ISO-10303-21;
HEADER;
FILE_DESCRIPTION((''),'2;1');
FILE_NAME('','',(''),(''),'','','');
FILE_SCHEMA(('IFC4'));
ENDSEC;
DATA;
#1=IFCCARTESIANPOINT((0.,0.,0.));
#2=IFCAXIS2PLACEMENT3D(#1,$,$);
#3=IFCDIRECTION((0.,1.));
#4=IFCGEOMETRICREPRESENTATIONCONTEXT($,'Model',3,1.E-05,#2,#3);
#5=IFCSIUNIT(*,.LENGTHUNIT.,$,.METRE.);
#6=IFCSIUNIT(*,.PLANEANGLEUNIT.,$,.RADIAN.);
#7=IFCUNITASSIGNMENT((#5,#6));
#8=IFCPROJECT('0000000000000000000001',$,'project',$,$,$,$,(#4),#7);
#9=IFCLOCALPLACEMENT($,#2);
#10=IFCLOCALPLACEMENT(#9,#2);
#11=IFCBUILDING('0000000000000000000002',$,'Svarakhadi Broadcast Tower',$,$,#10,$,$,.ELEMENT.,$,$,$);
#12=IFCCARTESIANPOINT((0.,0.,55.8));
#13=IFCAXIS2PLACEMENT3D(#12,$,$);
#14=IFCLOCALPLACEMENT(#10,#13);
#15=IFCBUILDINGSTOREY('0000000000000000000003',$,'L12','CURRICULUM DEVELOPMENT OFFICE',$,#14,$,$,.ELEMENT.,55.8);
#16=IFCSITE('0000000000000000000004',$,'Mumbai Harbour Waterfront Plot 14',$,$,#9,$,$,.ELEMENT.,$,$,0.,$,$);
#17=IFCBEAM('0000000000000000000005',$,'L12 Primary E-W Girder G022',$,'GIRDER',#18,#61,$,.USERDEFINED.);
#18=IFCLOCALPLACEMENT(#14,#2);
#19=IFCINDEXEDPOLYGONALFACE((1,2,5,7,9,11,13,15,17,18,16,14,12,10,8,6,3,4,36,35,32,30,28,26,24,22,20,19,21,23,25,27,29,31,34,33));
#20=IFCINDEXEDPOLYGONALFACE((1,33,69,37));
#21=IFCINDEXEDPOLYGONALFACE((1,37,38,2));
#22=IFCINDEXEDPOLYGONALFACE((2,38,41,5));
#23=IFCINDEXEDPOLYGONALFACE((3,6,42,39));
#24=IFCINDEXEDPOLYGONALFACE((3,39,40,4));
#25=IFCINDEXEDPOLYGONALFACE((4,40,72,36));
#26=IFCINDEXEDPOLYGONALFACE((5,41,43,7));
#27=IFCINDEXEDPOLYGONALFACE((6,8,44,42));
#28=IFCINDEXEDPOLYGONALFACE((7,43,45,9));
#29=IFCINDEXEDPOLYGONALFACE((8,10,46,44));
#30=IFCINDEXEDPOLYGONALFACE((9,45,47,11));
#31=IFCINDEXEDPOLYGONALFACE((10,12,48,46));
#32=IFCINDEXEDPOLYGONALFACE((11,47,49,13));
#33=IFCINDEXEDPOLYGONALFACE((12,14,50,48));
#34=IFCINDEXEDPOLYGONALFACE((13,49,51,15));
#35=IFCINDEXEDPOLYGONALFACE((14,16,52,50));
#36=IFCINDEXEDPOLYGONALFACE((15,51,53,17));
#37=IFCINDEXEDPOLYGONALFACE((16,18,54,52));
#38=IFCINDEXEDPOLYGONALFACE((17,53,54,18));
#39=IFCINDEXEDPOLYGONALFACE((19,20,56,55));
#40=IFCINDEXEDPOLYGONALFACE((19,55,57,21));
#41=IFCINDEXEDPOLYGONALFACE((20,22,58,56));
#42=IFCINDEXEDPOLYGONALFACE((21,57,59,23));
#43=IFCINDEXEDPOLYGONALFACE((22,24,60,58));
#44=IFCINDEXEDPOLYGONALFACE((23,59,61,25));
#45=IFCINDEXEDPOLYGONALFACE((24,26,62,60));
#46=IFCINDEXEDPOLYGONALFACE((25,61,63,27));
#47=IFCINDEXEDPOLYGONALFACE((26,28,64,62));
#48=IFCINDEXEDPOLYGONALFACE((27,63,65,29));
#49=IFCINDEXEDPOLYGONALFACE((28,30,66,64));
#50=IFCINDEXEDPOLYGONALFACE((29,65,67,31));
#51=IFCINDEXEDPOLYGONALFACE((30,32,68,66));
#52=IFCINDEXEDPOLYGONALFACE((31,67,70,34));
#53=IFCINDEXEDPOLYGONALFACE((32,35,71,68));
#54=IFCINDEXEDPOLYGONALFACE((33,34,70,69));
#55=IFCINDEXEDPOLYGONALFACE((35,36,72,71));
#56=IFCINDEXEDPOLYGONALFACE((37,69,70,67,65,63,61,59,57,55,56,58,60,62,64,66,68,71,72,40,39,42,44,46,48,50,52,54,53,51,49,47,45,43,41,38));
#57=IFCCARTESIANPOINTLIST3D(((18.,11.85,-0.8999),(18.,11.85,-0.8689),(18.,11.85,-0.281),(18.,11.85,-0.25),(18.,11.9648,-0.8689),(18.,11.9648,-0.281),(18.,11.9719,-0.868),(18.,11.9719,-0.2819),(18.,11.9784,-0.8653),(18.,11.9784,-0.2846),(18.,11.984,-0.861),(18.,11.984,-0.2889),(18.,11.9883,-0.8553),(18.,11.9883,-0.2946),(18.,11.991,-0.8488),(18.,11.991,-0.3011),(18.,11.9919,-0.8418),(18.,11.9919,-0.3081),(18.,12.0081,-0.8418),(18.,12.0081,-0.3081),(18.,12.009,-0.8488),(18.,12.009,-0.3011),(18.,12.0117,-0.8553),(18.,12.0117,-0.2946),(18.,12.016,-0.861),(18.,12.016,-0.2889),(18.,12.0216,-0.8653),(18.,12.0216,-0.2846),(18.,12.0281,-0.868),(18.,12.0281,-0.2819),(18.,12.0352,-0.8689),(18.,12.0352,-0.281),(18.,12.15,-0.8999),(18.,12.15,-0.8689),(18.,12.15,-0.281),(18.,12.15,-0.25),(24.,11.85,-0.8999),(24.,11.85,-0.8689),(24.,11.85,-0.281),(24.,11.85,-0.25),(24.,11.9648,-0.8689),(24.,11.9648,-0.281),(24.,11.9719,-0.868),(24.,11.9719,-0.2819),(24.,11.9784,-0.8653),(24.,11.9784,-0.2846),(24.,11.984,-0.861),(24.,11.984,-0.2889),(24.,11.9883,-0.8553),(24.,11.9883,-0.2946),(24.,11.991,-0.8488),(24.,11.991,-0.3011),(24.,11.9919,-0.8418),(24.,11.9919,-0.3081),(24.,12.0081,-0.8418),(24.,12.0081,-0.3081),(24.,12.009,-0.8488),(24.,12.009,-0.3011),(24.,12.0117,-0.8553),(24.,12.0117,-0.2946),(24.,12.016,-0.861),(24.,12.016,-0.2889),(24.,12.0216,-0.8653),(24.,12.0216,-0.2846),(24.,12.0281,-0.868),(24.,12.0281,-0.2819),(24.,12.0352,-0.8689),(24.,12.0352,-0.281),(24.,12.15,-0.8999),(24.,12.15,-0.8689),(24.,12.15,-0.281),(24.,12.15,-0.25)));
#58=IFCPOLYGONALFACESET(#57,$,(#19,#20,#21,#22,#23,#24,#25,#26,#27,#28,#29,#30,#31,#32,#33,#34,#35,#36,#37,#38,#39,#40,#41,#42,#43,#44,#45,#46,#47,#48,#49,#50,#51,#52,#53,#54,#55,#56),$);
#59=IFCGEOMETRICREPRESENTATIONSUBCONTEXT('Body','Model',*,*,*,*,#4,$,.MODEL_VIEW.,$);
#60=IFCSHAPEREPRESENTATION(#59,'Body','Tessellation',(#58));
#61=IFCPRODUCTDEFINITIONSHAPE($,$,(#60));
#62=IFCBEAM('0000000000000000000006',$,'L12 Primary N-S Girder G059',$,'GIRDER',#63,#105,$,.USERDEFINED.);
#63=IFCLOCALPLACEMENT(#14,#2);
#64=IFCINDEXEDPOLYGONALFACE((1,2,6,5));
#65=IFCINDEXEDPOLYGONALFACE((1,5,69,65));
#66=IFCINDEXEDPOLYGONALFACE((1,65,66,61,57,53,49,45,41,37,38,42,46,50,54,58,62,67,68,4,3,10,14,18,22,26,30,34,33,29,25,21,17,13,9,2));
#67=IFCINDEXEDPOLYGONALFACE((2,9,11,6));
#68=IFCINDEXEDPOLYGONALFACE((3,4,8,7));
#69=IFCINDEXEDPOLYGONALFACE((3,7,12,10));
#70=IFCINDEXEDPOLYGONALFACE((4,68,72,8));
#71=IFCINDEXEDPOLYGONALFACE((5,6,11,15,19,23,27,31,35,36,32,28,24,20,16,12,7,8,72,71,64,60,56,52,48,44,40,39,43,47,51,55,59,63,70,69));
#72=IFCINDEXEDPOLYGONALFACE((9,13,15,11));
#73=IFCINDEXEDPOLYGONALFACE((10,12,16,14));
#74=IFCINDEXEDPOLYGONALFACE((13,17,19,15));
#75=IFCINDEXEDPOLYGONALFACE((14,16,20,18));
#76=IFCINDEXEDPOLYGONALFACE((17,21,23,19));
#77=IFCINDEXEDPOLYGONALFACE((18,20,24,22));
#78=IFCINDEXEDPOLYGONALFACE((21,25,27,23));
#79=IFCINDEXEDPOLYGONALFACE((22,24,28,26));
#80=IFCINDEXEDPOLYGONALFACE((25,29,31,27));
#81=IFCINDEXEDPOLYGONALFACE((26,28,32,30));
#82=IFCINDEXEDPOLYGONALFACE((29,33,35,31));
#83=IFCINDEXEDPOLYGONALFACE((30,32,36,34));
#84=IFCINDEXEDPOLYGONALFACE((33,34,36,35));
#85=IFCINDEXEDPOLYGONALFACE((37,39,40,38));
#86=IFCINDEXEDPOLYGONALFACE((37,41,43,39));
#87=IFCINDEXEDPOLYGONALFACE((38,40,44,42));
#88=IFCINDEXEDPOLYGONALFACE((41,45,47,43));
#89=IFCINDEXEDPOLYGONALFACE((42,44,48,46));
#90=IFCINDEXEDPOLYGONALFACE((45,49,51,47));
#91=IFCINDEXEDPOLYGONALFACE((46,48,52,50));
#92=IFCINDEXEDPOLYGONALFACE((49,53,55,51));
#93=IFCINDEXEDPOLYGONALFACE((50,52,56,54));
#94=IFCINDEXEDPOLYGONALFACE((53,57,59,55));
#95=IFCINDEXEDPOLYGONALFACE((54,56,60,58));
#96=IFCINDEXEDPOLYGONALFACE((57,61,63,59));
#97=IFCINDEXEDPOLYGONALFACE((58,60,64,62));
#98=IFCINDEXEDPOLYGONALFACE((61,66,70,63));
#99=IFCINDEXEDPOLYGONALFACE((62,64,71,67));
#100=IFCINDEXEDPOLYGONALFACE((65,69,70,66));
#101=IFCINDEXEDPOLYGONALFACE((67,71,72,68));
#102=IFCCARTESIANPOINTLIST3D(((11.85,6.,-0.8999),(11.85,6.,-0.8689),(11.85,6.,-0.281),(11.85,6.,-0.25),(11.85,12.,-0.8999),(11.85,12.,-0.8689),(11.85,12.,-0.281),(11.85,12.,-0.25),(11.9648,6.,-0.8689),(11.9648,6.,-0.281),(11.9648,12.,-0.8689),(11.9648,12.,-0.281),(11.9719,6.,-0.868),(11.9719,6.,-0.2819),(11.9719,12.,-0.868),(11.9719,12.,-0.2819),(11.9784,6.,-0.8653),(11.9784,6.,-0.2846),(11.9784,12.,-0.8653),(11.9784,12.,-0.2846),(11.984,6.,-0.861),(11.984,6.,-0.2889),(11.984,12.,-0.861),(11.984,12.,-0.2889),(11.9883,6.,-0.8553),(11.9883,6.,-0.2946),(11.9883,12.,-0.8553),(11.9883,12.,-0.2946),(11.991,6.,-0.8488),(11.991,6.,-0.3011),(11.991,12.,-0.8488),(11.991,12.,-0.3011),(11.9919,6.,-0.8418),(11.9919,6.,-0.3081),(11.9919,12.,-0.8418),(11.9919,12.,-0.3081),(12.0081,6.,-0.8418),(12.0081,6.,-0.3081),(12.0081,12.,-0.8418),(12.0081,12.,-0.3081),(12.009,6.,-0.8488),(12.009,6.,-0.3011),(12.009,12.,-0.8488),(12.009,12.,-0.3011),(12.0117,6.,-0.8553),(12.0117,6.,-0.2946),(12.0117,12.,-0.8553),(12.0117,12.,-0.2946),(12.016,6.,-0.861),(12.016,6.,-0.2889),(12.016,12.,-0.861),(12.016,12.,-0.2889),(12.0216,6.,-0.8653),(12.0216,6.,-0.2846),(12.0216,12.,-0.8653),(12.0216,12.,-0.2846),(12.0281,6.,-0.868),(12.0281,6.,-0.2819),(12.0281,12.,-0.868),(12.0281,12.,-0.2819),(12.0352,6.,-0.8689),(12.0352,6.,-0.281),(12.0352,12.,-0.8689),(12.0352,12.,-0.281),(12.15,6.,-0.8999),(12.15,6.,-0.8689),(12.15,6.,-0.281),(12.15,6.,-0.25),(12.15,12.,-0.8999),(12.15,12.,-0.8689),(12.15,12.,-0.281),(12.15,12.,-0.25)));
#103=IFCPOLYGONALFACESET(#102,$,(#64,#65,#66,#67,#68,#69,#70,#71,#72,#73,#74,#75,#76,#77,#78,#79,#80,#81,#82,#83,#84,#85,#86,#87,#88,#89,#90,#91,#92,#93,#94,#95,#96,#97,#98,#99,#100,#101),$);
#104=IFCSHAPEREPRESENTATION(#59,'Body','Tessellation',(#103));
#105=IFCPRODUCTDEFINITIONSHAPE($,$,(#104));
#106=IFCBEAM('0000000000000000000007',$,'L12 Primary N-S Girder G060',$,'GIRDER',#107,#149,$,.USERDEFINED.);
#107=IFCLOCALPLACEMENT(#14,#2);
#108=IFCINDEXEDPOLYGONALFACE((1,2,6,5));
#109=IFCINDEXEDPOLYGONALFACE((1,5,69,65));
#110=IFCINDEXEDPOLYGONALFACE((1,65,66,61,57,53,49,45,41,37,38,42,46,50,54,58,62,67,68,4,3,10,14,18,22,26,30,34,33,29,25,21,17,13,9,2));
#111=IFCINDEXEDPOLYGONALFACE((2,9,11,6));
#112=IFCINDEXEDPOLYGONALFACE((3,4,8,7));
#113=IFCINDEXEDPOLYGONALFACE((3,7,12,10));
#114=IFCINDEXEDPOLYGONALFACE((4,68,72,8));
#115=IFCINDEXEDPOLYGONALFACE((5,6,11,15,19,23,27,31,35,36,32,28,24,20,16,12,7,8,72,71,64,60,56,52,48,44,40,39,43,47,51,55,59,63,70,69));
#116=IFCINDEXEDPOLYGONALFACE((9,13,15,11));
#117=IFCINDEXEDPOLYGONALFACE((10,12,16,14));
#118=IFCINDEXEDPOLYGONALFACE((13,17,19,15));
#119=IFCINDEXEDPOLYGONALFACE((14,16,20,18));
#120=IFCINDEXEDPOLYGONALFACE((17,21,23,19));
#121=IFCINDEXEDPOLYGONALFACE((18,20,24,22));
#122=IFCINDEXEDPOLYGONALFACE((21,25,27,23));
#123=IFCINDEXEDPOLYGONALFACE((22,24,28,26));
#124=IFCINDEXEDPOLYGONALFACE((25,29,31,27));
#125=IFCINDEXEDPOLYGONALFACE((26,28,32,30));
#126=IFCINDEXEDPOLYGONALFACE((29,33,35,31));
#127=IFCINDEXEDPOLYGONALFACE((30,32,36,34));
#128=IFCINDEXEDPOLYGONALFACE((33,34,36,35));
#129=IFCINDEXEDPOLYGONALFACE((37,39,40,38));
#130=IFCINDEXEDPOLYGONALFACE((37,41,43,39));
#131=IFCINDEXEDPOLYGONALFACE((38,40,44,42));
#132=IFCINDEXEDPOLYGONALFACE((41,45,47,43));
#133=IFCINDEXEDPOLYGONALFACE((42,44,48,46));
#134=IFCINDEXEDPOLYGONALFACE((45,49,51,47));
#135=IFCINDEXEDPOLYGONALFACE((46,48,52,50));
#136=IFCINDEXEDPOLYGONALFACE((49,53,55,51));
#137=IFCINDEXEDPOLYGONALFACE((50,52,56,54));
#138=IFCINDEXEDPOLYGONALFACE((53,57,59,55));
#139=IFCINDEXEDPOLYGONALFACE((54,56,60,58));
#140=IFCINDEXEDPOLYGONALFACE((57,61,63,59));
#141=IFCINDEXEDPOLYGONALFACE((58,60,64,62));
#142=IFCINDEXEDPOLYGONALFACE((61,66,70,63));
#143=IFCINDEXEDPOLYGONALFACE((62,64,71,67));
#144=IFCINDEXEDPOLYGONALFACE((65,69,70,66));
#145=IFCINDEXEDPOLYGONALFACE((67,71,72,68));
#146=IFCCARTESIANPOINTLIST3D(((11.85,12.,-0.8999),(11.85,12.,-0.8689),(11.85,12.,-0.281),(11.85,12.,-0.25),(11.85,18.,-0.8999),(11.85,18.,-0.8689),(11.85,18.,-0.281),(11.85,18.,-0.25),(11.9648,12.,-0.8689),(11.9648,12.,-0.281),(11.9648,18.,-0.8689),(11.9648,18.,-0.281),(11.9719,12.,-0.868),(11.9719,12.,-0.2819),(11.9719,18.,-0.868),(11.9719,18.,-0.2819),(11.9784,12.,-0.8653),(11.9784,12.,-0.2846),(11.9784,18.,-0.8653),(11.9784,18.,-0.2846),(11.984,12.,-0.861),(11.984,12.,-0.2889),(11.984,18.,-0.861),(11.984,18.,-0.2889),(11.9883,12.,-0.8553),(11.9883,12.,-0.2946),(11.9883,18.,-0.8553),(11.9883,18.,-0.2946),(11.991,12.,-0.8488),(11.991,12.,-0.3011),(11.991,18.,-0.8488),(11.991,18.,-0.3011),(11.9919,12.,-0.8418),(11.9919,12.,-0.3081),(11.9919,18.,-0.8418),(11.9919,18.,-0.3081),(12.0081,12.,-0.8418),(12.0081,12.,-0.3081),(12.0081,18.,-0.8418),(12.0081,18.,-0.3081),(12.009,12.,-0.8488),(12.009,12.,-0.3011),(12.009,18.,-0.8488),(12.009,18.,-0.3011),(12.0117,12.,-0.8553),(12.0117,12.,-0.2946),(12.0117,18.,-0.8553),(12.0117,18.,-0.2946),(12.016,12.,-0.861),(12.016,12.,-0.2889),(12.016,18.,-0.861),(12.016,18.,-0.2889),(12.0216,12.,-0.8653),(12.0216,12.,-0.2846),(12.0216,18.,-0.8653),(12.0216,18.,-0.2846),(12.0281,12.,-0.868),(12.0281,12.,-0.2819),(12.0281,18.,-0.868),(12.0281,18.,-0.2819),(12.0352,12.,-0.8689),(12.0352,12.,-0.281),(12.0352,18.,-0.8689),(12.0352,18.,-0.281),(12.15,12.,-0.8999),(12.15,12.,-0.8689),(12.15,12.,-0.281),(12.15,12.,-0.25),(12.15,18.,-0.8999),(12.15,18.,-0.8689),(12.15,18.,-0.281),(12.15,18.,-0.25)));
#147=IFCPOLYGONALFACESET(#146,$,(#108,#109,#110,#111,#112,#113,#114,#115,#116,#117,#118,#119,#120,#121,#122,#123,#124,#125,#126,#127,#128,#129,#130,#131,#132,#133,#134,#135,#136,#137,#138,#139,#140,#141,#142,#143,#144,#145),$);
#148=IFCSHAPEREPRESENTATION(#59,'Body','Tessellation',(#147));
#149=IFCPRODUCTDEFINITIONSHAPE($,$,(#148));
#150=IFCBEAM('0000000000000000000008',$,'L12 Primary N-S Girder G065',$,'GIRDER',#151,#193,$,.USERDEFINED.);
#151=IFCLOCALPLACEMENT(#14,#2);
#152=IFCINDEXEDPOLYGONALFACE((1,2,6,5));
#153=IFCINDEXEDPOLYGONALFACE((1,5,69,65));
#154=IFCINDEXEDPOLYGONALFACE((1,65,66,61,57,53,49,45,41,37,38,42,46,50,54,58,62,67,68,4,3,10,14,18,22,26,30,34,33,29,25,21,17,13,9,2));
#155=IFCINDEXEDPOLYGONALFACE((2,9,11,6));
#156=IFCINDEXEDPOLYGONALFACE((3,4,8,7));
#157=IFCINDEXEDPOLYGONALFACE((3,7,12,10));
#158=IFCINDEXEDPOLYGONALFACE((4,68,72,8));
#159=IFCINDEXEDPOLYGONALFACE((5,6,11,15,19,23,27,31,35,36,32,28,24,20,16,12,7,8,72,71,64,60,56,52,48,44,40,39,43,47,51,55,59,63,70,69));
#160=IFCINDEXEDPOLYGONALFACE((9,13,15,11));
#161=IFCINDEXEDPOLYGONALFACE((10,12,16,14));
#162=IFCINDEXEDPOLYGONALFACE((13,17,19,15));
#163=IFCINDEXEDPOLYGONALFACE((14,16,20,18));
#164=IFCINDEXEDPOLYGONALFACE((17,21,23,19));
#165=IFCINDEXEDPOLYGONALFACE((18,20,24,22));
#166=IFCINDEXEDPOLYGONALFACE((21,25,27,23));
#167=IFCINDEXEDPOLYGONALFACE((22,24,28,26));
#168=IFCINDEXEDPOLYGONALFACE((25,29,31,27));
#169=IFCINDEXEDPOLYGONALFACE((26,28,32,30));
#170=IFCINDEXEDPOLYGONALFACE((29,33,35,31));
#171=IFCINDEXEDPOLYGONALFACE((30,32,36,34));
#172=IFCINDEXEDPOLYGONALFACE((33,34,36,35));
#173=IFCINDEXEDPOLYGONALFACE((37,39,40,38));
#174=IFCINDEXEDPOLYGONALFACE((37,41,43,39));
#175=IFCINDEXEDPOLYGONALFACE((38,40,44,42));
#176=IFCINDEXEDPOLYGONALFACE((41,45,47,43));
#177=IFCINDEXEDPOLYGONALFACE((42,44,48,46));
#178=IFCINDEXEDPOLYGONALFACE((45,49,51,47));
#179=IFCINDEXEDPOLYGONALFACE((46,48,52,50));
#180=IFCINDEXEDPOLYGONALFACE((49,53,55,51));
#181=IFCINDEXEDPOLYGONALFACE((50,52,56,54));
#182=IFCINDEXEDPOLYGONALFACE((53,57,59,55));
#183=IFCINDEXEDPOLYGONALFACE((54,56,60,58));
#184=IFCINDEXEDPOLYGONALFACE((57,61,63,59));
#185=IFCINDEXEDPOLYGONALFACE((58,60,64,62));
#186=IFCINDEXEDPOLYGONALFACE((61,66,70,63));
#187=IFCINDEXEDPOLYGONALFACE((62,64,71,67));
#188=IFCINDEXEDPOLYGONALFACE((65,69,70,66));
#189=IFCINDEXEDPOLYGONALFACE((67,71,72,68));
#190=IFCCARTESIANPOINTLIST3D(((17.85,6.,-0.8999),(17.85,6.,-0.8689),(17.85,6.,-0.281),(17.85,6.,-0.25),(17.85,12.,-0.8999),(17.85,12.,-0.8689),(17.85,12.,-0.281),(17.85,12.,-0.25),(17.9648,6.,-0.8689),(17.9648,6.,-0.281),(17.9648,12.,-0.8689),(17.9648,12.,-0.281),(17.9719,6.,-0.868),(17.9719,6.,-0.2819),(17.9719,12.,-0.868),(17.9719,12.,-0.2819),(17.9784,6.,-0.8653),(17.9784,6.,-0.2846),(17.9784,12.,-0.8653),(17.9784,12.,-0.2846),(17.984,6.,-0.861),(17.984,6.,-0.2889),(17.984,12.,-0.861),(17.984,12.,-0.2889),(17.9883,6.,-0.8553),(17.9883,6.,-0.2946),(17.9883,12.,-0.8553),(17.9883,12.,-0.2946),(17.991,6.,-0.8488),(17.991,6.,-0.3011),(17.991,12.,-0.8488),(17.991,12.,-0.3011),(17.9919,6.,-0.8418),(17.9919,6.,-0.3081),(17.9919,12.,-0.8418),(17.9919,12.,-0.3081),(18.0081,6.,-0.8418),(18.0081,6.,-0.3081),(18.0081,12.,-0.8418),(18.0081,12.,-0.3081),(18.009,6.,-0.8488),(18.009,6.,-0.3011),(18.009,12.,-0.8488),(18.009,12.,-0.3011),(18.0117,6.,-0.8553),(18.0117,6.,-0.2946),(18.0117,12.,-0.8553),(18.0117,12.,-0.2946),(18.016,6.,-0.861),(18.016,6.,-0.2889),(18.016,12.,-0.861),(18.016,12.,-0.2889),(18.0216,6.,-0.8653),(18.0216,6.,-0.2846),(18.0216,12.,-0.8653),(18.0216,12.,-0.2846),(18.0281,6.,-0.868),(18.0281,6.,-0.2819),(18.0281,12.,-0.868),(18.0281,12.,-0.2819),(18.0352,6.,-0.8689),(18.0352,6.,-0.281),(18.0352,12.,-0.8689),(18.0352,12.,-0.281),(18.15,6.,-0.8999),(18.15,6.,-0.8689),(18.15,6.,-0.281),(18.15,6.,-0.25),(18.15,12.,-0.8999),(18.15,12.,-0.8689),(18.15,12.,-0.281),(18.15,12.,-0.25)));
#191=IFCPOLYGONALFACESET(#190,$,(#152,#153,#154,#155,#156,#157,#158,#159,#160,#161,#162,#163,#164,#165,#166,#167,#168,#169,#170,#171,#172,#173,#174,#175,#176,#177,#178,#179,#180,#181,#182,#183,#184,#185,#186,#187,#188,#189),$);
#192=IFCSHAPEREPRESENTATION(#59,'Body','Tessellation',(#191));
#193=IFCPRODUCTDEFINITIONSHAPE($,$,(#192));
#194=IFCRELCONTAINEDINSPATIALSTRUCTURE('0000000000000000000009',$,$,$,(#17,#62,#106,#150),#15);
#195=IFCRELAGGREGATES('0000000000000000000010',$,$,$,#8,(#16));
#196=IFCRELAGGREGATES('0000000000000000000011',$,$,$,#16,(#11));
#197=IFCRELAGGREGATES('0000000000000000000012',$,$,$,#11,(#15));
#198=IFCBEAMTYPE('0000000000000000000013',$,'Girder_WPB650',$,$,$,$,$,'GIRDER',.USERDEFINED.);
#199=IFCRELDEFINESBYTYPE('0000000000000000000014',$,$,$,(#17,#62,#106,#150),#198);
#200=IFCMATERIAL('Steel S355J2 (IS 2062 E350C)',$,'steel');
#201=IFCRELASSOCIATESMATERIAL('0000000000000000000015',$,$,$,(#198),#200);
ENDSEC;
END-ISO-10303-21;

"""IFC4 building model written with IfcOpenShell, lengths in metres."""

from ifc_helpers import new_model, si_unit, direction, frame, origin, origin_2d, place, context, subcontext, project, spatial, i_section, extrude, material, material_profile, profile_set, type_object, element, save


model = new_model("IFC4")

# Units and contexts
model_context = context("Model", 3, precision=1e-05, world=origin(), true_north=direction((0.0, 1.0)))
body_context = subcontext(model_context, "Body", "Model", "MODEL_VIEW")
ifc_project = project(units=[si_unit("LENGTHUNIT", "METRE"), si_unit("PLANEANGLEUNIT", "RADIAN")], contexts=[model_context])

# Site, building, storey
site_placement = place(None, origin())
site = spatial("IfcSite", under=ifc_project, at=site_placement, Name="Mumbai Harbour Waterfront Plot 14", CompositionType="ELEMENT", RefElevation=0.0)
building_placement = place(site_placement, origin())
building = spatial("IfcBuilding", under=site, at=building_placement, Name="Svarakhadi Broadcast Tower", CompositionType="ELEMENT")
storey_placement = place(building_placement, frame((0.0, 0.0, 55.8)))
storey = spatial("IfcBuildingStorey", under=building, at=storey_placement, Name="L12", Description="CURRICULUM DEVELOPMENT OFFICE", CompositionType="ELEMENT", Elevation=55.8)

# Beams
ifc_material_1 = material(Name="Steel S355J2 (IS 2062 E350C)", Category="steel")
ifc_material_profile_1 = material_profile(ifc_material_1, i_section(OverallWidth=0.3, OverallDepth=0.6499, WebThickness=0.0161, FlangeThickness=0.031, FilletRadius=0.0271, at=origin_2d()), Name="WPB 650x300x225")
ifc_profile_set_1 = profile_set([ifc_material_profile_1], Name="Steel S355J2 (IS 2062 E350C)")
beam_type_1 = type_object("IfcBeamType", Name="Girder_WPB650", ElementType="GIRDER", PredefinedType="USERDEFINED", material=ifc_profile_set_1)
for number, where, z_axis, x_axis, name in (
    (1, (18.0, 12.0, -0.575), (1.0, 0.0, 0.0), (0.0, 1.0, 0.0), "L12 Primary E-W Girder G022"),
    (2, (12.0, 6.0, -0.575), (0.0, 1.0, 0.0), (-1.0, 0.0, 0.0), "L12 Primary N-S Girder G059"),
    (3, (12.0, 12.0, -0.575), (0.0, 1.0, 0.0), (-1.0, 0.0, 0.0), "L12 Primary N-S Girder G060"),
    (4, (18.0, 6.0, -0.575), (0.0, 1.0, 0.0), (-1.0, 0.0, 0.0), "L12 Primary N-S Girder G065"),
):
    element("IfcBeam", number, at=place(storey_placement, frame(where, z_axis=z_axis, x_axis=x_axis)), inside=storey, type_object=beam_type_1, Name=name, ObjectType="GIRDER", PredefinedType="USERDEFINED", context=body_context, shape_type="SweptSolid", body=[
        extrude(i_section(OverallWidth=0.3, OverallDepth=0.6499, WebThickness=0.0161, FlangeThickness=0.031, FilletRadius=0.0271, at=origin_2d()), origin(), (0.0, 0.0, 1.0), 6.0),
    ])

save(model, "model.ifc")
